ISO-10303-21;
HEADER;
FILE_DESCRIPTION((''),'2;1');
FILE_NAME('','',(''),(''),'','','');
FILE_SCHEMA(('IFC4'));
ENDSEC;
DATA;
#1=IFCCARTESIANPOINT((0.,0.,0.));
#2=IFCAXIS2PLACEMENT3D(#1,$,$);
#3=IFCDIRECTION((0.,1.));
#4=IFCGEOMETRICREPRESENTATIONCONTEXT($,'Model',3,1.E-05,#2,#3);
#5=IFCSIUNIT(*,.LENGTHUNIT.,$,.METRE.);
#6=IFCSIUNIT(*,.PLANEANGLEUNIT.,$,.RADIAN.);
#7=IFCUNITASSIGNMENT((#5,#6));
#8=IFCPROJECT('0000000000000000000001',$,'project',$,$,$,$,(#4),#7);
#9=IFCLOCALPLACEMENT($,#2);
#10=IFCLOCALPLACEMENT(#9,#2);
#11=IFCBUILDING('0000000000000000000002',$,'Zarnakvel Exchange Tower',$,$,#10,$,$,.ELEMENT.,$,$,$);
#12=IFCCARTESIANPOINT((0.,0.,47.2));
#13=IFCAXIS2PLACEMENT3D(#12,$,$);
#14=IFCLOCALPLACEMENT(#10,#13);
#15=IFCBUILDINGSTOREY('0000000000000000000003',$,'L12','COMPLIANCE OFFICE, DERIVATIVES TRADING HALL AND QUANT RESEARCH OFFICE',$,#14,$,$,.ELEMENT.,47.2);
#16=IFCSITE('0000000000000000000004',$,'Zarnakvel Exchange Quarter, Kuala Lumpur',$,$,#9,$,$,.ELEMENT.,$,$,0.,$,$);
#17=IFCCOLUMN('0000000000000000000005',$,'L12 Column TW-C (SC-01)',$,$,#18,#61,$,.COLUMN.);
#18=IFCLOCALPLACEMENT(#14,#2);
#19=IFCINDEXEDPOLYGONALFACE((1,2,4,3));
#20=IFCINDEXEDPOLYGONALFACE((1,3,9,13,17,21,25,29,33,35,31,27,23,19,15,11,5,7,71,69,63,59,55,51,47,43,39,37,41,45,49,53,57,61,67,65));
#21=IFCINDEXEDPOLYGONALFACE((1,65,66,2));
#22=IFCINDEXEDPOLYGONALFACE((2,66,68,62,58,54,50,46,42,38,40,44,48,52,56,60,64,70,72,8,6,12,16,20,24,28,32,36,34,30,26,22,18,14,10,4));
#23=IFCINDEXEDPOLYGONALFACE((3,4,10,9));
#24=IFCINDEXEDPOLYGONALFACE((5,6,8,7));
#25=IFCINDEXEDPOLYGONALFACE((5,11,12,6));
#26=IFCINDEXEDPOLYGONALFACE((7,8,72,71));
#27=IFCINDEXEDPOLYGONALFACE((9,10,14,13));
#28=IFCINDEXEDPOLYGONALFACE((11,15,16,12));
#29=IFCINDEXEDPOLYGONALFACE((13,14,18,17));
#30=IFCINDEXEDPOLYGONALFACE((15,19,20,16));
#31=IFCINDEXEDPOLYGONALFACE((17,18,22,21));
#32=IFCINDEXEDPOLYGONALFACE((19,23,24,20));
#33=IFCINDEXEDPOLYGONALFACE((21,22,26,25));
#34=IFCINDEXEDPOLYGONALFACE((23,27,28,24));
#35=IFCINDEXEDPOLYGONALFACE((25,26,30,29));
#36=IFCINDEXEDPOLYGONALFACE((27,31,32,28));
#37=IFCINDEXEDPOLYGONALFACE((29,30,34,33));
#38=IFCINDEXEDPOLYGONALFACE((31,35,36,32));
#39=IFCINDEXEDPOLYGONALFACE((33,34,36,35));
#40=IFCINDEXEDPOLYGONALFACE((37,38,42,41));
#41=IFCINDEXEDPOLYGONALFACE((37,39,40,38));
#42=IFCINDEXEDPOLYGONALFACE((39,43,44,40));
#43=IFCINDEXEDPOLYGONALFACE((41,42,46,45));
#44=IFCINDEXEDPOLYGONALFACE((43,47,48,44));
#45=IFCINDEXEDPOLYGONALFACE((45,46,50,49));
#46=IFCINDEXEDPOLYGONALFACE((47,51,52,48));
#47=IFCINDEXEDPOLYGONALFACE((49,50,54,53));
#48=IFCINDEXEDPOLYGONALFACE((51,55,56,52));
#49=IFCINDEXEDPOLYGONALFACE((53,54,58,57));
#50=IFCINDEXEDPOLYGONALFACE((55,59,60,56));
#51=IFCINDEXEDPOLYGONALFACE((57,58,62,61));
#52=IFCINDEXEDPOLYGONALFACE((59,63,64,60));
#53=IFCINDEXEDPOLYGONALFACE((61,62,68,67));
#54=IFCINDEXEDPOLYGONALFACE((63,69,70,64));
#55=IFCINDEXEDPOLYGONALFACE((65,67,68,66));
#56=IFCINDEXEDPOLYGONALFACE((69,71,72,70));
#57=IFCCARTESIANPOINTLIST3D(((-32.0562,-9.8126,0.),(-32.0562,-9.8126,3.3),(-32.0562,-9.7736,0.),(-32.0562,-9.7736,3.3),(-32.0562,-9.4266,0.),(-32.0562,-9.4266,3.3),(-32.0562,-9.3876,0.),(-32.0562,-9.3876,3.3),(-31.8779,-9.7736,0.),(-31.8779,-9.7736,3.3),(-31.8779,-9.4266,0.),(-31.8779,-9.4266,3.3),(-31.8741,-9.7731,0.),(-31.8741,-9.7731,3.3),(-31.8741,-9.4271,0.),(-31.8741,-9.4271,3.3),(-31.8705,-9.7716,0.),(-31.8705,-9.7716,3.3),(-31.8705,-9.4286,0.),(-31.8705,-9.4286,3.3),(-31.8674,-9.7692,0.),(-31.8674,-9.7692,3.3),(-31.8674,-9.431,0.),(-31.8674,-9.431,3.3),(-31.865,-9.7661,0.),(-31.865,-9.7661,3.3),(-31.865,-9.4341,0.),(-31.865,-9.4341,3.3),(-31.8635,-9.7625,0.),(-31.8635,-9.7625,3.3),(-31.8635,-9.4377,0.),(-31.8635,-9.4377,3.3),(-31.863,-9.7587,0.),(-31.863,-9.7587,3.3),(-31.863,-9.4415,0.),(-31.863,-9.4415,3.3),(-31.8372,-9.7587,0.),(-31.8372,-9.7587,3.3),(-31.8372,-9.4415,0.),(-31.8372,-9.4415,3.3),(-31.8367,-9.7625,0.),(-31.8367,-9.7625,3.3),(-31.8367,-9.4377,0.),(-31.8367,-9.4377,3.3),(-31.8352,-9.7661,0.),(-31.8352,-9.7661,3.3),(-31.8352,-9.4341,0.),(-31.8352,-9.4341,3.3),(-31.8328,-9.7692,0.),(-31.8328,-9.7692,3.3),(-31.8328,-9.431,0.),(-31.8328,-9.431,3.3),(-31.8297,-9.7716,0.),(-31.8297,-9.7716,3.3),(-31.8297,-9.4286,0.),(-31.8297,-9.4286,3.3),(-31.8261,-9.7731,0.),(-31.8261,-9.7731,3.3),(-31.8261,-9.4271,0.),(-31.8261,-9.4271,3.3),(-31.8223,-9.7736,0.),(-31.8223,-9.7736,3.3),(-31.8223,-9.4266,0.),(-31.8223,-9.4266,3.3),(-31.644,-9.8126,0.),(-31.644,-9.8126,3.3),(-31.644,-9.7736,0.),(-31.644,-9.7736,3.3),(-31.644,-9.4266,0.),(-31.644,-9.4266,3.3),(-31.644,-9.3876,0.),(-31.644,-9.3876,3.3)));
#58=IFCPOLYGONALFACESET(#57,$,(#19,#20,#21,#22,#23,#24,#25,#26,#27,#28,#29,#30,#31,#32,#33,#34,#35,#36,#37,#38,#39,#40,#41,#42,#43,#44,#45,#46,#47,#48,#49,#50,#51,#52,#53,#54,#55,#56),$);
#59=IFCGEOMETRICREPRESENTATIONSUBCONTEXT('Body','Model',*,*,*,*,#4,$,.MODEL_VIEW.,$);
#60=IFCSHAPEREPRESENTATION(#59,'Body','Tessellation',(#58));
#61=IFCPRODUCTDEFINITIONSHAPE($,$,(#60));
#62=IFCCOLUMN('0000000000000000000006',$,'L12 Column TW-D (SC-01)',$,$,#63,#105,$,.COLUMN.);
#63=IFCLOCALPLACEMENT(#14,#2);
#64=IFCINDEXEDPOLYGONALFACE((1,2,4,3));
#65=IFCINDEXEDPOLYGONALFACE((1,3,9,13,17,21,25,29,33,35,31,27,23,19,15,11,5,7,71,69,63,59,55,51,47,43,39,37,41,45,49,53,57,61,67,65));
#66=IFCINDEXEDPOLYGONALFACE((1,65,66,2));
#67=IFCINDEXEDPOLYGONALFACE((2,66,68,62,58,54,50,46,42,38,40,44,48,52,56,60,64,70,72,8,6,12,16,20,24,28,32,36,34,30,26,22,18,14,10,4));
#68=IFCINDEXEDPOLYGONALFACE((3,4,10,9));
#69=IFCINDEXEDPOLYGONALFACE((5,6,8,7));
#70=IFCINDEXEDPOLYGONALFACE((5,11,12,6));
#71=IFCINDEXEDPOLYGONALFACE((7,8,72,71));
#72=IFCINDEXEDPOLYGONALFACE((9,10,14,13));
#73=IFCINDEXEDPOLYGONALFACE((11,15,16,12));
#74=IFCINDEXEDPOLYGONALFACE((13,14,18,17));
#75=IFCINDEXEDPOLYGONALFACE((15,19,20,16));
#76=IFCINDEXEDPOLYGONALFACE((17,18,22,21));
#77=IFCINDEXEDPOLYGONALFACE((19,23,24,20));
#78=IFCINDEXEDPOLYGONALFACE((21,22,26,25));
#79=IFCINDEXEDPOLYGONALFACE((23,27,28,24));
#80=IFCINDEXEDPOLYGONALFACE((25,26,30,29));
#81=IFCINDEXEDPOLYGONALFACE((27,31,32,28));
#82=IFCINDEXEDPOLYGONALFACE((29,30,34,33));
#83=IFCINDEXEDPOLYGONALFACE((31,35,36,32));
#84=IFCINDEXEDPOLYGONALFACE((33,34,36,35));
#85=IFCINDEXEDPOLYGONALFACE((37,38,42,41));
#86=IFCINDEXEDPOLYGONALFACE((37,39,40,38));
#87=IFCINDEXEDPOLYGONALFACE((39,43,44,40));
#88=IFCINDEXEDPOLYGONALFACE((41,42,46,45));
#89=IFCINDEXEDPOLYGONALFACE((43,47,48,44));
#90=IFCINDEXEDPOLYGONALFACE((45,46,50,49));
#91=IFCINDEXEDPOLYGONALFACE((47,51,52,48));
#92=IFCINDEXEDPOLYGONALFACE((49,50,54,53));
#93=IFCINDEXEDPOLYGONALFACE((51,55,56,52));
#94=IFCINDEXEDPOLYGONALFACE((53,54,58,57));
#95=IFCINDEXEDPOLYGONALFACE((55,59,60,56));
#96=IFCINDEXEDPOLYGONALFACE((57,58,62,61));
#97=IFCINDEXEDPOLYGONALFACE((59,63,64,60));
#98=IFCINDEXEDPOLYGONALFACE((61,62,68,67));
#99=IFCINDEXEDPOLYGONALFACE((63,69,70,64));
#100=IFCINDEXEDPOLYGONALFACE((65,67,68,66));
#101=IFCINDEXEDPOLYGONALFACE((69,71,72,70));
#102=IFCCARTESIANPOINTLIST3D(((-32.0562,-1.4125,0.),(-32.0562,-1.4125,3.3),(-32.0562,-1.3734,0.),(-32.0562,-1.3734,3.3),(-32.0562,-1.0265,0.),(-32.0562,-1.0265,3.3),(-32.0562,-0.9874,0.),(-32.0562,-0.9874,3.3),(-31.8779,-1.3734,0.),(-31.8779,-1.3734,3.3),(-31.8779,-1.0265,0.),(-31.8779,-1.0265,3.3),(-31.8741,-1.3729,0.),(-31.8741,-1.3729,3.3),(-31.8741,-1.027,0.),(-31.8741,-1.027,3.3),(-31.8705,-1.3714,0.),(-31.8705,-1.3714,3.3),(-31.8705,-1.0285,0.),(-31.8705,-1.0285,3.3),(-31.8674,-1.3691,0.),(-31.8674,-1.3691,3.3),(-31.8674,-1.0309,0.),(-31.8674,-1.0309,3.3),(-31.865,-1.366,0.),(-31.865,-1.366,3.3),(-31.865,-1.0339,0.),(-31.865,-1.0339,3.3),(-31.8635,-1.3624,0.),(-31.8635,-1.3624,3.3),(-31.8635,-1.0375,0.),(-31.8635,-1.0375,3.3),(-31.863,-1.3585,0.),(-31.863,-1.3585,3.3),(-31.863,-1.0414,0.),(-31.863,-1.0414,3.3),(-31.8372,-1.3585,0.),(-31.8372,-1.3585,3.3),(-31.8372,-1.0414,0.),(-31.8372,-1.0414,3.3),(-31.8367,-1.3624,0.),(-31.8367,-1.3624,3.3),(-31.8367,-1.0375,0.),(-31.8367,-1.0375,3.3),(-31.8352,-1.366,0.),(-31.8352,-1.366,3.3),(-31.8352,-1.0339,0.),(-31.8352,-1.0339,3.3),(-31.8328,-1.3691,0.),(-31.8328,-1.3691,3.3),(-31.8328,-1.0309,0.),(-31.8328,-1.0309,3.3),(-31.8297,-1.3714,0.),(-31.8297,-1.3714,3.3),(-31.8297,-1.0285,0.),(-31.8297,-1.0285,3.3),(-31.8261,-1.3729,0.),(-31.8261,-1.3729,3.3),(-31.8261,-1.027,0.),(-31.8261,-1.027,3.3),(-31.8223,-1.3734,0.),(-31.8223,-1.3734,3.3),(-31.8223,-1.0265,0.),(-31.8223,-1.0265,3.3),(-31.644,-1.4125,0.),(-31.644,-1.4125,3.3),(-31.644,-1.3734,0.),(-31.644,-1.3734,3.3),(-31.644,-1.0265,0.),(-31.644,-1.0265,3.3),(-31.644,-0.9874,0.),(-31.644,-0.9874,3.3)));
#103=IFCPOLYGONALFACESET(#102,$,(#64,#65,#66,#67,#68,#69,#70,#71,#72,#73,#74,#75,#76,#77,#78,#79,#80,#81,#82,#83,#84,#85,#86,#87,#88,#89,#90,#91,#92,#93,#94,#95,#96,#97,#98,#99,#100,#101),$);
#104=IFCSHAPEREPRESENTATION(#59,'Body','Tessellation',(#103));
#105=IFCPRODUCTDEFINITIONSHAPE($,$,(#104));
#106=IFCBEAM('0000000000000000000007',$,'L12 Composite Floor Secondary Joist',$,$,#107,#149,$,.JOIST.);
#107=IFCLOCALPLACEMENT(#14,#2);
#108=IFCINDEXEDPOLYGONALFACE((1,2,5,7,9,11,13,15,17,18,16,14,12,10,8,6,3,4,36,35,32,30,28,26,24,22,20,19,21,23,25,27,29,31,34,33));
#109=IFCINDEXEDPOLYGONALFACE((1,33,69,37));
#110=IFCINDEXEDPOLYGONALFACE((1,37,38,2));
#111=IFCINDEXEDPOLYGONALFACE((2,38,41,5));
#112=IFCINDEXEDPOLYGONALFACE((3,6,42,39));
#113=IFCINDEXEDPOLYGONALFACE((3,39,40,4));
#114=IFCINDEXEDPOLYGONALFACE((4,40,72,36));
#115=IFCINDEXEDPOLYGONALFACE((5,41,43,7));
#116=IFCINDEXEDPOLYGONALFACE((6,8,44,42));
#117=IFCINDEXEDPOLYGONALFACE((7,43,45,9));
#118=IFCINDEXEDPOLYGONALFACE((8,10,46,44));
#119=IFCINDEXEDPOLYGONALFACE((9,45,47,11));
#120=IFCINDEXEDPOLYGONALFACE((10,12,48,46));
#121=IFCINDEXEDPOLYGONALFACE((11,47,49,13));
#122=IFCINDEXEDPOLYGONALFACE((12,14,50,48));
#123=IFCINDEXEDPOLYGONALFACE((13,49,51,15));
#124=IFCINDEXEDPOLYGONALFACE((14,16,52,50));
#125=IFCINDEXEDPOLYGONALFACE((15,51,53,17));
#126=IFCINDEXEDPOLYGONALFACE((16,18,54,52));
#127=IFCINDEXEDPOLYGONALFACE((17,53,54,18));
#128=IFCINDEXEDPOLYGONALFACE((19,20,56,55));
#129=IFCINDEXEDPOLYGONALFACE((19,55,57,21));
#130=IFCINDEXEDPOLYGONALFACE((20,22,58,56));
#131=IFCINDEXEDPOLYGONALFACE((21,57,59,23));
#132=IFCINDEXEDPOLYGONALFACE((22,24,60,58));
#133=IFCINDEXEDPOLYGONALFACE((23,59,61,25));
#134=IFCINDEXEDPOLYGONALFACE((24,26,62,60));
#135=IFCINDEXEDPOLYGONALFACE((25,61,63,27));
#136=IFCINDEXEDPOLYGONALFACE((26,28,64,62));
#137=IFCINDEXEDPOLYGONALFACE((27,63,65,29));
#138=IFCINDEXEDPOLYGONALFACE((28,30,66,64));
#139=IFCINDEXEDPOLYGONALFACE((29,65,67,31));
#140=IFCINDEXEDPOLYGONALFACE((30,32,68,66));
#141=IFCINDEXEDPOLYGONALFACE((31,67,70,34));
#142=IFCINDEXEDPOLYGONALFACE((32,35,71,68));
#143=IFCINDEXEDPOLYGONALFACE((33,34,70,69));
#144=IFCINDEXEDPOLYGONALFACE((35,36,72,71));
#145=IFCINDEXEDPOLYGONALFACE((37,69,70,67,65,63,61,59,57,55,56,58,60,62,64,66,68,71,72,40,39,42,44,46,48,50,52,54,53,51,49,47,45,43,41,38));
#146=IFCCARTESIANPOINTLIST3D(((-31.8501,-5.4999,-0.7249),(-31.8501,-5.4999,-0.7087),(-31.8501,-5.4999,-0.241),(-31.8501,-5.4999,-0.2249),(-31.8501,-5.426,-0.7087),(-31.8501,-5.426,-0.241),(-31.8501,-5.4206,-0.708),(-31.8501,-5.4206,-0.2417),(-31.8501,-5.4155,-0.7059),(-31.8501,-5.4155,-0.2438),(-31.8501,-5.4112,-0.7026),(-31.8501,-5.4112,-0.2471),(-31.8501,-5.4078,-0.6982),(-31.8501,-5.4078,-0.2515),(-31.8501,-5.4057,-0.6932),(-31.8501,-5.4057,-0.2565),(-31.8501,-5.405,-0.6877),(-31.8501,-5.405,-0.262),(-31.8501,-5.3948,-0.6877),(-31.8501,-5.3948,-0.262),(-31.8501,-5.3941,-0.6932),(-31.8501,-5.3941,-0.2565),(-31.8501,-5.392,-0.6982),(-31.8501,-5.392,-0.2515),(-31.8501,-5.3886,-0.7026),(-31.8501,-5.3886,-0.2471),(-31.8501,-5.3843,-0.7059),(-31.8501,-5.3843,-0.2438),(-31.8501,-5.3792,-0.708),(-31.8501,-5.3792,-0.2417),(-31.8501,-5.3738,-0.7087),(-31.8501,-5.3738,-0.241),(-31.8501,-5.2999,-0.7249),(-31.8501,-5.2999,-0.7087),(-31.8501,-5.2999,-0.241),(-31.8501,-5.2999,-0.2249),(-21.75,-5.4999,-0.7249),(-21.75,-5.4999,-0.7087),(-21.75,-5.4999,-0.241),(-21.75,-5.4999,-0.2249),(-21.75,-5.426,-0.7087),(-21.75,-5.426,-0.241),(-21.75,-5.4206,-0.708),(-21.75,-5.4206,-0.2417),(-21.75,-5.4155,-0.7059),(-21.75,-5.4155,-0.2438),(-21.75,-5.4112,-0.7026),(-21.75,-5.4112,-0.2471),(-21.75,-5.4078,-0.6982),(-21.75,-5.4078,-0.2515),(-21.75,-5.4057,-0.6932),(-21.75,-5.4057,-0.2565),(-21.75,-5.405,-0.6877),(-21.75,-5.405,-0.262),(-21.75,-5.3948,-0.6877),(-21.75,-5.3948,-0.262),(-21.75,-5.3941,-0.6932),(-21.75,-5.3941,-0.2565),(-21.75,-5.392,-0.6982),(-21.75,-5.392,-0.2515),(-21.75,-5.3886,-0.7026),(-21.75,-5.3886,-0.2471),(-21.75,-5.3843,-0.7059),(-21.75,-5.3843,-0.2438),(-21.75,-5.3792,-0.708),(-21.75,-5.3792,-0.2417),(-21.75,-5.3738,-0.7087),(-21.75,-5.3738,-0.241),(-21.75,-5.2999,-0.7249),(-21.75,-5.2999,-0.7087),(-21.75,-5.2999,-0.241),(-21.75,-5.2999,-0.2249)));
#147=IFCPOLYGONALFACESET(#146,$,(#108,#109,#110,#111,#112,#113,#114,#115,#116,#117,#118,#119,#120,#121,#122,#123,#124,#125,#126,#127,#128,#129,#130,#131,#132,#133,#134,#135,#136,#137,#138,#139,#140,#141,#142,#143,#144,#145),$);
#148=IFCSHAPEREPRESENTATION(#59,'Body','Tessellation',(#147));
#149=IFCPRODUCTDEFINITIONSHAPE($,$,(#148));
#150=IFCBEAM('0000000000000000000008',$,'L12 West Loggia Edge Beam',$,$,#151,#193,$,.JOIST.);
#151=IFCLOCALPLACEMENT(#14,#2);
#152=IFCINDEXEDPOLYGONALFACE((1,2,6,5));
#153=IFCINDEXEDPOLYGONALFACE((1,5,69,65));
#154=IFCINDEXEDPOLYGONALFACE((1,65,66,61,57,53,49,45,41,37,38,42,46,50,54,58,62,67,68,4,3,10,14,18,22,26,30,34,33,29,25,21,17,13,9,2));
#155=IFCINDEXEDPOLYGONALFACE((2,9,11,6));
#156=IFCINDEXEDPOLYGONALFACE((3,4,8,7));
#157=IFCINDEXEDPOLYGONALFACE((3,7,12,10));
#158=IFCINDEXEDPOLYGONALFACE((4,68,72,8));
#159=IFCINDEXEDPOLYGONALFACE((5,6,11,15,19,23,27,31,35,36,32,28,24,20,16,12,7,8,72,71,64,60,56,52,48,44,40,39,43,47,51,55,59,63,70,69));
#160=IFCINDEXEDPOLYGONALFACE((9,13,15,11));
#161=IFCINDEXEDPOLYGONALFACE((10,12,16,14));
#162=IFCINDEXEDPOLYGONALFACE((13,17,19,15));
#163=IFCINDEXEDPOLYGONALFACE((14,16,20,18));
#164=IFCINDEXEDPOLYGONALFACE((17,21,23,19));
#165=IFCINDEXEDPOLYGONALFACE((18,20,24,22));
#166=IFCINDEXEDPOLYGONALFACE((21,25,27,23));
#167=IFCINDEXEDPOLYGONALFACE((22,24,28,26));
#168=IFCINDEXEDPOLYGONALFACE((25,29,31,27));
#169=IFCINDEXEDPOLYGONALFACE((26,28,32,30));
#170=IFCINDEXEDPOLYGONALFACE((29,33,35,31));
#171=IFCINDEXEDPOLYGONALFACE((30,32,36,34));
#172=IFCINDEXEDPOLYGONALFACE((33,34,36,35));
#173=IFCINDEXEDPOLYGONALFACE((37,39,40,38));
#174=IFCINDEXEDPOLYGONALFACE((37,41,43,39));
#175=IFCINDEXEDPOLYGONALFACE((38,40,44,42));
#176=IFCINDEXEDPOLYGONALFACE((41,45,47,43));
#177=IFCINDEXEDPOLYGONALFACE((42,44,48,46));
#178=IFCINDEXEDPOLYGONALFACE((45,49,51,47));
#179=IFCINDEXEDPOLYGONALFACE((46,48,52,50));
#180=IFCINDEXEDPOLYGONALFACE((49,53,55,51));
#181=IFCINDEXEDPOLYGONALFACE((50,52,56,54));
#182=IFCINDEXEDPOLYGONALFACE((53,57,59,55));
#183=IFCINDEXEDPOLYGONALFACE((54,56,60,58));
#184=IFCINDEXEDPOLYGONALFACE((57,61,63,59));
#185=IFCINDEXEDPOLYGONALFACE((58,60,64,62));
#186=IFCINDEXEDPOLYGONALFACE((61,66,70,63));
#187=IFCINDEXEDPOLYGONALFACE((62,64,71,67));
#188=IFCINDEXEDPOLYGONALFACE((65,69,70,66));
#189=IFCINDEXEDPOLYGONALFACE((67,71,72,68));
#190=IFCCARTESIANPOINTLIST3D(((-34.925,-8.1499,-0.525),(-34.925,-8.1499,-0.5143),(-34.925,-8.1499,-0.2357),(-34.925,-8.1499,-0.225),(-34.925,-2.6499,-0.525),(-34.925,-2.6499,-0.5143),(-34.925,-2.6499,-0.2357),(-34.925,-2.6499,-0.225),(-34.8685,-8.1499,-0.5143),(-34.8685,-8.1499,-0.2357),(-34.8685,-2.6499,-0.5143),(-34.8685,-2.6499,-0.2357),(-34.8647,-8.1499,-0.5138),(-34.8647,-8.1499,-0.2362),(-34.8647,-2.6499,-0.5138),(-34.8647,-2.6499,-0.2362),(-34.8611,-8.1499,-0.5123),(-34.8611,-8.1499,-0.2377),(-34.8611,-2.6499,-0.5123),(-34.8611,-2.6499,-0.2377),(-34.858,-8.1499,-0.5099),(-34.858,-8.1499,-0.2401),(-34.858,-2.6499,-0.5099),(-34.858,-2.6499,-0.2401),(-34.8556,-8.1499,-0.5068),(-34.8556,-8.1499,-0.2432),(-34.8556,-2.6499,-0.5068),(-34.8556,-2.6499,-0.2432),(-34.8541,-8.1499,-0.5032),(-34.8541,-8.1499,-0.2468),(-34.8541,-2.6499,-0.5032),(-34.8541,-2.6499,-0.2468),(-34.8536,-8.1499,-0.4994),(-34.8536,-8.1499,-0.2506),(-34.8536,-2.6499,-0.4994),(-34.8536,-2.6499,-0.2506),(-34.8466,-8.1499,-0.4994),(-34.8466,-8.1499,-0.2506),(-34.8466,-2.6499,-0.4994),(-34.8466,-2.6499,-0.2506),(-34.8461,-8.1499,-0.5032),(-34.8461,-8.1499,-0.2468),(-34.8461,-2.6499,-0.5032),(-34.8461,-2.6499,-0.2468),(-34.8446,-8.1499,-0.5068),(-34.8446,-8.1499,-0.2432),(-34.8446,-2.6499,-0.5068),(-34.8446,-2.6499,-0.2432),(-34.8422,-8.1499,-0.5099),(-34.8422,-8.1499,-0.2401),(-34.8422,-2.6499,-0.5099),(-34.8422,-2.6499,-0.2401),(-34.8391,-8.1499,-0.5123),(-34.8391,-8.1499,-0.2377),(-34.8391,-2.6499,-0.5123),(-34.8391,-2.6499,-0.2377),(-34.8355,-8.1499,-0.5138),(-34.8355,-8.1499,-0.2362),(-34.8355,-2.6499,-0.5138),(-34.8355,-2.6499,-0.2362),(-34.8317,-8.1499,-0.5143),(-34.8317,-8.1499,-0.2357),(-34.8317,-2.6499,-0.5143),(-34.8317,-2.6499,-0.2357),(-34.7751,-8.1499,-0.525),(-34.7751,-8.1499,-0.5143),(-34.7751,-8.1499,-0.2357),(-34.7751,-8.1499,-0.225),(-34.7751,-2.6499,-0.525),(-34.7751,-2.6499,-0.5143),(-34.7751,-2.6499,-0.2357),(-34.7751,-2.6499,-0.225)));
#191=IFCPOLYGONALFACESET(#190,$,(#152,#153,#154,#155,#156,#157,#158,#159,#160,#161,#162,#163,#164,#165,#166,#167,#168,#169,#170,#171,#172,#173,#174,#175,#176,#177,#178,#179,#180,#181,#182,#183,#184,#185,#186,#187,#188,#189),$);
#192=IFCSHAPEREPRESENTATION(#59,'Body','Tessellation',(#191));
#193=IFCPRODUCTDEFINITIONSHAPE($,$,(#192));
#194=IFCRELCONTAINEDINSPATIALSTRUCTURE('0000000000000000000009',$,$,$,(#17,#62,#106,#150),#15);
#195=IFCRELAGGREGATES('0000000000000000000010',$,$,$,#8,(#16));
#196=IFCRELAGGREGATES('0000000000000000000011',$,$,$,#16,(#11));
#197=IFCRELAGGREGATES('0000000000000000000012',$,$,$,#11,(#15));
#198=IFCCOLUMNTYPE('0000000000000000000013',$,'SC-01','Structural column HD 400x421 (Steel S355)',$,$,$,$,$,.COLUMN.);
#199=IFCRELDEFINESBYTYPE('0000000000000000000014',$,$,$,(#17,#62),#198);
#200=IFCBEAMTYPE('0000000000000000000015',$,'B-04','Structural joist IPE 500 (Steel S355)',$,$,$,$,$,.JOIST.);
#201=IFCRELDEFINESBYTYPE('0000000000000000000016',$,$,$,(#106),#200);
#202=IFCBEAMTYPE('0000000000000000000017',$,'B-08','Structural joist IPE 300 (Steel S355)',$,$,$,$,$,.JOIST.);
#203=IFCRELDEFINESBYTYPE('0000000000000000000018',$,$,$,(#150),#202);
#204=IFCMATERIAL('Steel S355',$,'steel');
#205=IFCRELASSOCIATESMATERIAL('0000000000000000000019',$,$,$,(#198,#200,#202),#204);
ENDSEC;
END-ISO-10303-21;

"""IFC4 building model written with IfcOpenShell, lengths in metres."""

from ifc_helpers import new_model, si_unit, direction, frame, origin, origin_2d, place, context, subcontext, project, spatial, i_section, extrude, material, material_profile, profile_set, type_object, element, save


model = new_model("IFC4")

# Units and contexts
model_context = context("Model", 3, precision=1e-05, world=origin(), true_north=direction((0.0, 1.0)))
body_context = subcontext(model_context, "Body", "Model", "MODEL_VIEW")
ifc_project = project(units=[si_unit("LENGTHUNIT", "METRE"), si_unit("PLANEANGLEUNIT", "RADIAN")], contexts=[model_context])

# Site, building, storey
site_placement = place(None, origin())
site = spatial("IfcSite", under=ifc_project, at=site_placement, Name="Zarnakvel Exchange Quarter, Kuala Lumpur", CompositionType="ELEMENT", RefElevation=0.0)
building_placement = place(site_placement, origin())
building = spatial("IfcBuilding", under=site, at=building_placement, Name="Zarnakvel Exchange Tower", CompositionType="ELEMENT")
storey_placement = place(building_placement, frame((0.0, 0.0, 47.2)))
storey = spatial("IfcBuildingStorey", under=building, at=storey_placement, Name="L12", Description="COMPLIANCE OFFICE, DERIVATIVES TRADING HALL AND QUANT RESEARCH OFFICE", CompositionType="ELEMENT", Elevation=47.2)

# Columns
ifc_material_1 = material(Name="Steel S355", Category="steel")
ifc_material_profile_1 = material_profile(ifc_material_1, i_section(OverallWidth=0.4121, OverallDepth=0.425, WebThickness=0.0259, FlangeThickness=0.0391, FilletRadius=0.0149, at=origin_2d()))
ifc_profile_set_1 = profile_set([ifc_material_profile_1], Name="Steel S355")
column_type = type_object("IfcColumnType", Name="SC-01", Description="Structural column HD 400x421 (Steel S355)", PredefinedType="COLUMN", material=ifc_profile_set_1)
for number, where, z_axis, x_axis, name in (
    (1, (-31.8501, -9.6001, 0.0), (0.0, 0.0, 1.0), (1.0, 0.0, 0.0), "L12 Column TW-C (SC-01)"),
    (2, (-31.8501, -1.2, 0.0), (0.0, 0.0, 1.0), (1.0, 0.0, 0.0), "L12 Column TW-D (SC-01)"),
):
    element("IfcColumn", number, at=place(storey_placement, frame(where, z_axis=z_axis, x_axis=x_axis)), inside=storey, type_object=column_type, Name=name, PredefinedType="COLUMN", context=body_context, shape_type="SweptSolid", body=[
        extrude(i_section(OverallWidth=0.4121, OverallDepth=0.425, WebThickness=0.0259, FlangeThickness=0.0391, FilletRadius=0.0149, at=origin_2d()), origin(), (0.0, 0.0, 1.0), 3.3),
    ])

# Beams
ifc_material_profile_2 = material_profile(ifc_material_1, i_section(OverallWidth=0.2, OverallDepth=0.5, WebThickness=0.0103, FlangeThickness=0.0161, FilletRadius=0.021, at=origin_2d()))
ifc_profile_set_2 = profile_set([ifc_material_profile_2], Name="Steel S355")
beam_type_1 = type_object("IfcBeamType", Name="B-04", Description="Structural joist IPE 500 (Steel S355)", PredefinedType="JOIST", material=ifc_profile_set_2)
beam_1_placement = place(storey_placement, frame((-31.8501, -5.3999, -0.4749), z_axis=(1.0, 0.0, 0.0), x_axis=(0.0, 1.0, 0.0)))
element("IfcBeam", 3, at=beam_1_placement, inside=storey, type_object=beam_type_1, Name="L12 Composite Floor Secondary Joist", PredefinedType="JOIST", context=body_context, shape_type="SweptSolid", body=[
    extrude(i_section(OverallWidth=0.2, OverallDepth=0.5, WebThickness=0.0103, FlangeThickness=0.0161, FilletRadius=0.021, at=origin_2d()), origin(), (0.0, 0.0, 1.0), 10.1001),
])
ifc_material_profile_3 = material_profile(ifc_material_1, i_section(OverallWidth=0.1499, OverallDepth=0.3, WebThickness=0.0071, FlangeThickness=0.0107, FilletRadius=0.0149, at=origin_2d()))
ifc_profile_set_3 = profile_set([ifc_material_profile_3], Name="Steel S355")
beam_type_2 = type_object("IfcBeamType", Name="B-08", Description="Structural joist IPE 300 (Steel S355)", PredefinedType="JOIST", material=ifc_profile_set_3)
beam_2_placement = place(storey_placement, frame((-34.8501, -8.1499, -0.375), z_axis=(0.0, 1.0, 0.0), x_axis=(-1.0, 0.0, 0.0)))
element("IfcBeam", 4, at=beam_2_placement, inside=storey, type_object=beam_type_2, Name="L12 West Loggia Edge Beam", PredefinedType="JOIST", context=body_context, shape_type="SweptSolid", body=[
    extrude(i_section(OverallWidth=0.1499, OverallDepth=0.3, WebThickness=0.0071, FlangeThickness=0.0107, FilletRadius=0.0149, at=origin_2d()), origin(), (0.0, 0.0, 1.0), 5.5),
])

save(model, "model.ifc")
